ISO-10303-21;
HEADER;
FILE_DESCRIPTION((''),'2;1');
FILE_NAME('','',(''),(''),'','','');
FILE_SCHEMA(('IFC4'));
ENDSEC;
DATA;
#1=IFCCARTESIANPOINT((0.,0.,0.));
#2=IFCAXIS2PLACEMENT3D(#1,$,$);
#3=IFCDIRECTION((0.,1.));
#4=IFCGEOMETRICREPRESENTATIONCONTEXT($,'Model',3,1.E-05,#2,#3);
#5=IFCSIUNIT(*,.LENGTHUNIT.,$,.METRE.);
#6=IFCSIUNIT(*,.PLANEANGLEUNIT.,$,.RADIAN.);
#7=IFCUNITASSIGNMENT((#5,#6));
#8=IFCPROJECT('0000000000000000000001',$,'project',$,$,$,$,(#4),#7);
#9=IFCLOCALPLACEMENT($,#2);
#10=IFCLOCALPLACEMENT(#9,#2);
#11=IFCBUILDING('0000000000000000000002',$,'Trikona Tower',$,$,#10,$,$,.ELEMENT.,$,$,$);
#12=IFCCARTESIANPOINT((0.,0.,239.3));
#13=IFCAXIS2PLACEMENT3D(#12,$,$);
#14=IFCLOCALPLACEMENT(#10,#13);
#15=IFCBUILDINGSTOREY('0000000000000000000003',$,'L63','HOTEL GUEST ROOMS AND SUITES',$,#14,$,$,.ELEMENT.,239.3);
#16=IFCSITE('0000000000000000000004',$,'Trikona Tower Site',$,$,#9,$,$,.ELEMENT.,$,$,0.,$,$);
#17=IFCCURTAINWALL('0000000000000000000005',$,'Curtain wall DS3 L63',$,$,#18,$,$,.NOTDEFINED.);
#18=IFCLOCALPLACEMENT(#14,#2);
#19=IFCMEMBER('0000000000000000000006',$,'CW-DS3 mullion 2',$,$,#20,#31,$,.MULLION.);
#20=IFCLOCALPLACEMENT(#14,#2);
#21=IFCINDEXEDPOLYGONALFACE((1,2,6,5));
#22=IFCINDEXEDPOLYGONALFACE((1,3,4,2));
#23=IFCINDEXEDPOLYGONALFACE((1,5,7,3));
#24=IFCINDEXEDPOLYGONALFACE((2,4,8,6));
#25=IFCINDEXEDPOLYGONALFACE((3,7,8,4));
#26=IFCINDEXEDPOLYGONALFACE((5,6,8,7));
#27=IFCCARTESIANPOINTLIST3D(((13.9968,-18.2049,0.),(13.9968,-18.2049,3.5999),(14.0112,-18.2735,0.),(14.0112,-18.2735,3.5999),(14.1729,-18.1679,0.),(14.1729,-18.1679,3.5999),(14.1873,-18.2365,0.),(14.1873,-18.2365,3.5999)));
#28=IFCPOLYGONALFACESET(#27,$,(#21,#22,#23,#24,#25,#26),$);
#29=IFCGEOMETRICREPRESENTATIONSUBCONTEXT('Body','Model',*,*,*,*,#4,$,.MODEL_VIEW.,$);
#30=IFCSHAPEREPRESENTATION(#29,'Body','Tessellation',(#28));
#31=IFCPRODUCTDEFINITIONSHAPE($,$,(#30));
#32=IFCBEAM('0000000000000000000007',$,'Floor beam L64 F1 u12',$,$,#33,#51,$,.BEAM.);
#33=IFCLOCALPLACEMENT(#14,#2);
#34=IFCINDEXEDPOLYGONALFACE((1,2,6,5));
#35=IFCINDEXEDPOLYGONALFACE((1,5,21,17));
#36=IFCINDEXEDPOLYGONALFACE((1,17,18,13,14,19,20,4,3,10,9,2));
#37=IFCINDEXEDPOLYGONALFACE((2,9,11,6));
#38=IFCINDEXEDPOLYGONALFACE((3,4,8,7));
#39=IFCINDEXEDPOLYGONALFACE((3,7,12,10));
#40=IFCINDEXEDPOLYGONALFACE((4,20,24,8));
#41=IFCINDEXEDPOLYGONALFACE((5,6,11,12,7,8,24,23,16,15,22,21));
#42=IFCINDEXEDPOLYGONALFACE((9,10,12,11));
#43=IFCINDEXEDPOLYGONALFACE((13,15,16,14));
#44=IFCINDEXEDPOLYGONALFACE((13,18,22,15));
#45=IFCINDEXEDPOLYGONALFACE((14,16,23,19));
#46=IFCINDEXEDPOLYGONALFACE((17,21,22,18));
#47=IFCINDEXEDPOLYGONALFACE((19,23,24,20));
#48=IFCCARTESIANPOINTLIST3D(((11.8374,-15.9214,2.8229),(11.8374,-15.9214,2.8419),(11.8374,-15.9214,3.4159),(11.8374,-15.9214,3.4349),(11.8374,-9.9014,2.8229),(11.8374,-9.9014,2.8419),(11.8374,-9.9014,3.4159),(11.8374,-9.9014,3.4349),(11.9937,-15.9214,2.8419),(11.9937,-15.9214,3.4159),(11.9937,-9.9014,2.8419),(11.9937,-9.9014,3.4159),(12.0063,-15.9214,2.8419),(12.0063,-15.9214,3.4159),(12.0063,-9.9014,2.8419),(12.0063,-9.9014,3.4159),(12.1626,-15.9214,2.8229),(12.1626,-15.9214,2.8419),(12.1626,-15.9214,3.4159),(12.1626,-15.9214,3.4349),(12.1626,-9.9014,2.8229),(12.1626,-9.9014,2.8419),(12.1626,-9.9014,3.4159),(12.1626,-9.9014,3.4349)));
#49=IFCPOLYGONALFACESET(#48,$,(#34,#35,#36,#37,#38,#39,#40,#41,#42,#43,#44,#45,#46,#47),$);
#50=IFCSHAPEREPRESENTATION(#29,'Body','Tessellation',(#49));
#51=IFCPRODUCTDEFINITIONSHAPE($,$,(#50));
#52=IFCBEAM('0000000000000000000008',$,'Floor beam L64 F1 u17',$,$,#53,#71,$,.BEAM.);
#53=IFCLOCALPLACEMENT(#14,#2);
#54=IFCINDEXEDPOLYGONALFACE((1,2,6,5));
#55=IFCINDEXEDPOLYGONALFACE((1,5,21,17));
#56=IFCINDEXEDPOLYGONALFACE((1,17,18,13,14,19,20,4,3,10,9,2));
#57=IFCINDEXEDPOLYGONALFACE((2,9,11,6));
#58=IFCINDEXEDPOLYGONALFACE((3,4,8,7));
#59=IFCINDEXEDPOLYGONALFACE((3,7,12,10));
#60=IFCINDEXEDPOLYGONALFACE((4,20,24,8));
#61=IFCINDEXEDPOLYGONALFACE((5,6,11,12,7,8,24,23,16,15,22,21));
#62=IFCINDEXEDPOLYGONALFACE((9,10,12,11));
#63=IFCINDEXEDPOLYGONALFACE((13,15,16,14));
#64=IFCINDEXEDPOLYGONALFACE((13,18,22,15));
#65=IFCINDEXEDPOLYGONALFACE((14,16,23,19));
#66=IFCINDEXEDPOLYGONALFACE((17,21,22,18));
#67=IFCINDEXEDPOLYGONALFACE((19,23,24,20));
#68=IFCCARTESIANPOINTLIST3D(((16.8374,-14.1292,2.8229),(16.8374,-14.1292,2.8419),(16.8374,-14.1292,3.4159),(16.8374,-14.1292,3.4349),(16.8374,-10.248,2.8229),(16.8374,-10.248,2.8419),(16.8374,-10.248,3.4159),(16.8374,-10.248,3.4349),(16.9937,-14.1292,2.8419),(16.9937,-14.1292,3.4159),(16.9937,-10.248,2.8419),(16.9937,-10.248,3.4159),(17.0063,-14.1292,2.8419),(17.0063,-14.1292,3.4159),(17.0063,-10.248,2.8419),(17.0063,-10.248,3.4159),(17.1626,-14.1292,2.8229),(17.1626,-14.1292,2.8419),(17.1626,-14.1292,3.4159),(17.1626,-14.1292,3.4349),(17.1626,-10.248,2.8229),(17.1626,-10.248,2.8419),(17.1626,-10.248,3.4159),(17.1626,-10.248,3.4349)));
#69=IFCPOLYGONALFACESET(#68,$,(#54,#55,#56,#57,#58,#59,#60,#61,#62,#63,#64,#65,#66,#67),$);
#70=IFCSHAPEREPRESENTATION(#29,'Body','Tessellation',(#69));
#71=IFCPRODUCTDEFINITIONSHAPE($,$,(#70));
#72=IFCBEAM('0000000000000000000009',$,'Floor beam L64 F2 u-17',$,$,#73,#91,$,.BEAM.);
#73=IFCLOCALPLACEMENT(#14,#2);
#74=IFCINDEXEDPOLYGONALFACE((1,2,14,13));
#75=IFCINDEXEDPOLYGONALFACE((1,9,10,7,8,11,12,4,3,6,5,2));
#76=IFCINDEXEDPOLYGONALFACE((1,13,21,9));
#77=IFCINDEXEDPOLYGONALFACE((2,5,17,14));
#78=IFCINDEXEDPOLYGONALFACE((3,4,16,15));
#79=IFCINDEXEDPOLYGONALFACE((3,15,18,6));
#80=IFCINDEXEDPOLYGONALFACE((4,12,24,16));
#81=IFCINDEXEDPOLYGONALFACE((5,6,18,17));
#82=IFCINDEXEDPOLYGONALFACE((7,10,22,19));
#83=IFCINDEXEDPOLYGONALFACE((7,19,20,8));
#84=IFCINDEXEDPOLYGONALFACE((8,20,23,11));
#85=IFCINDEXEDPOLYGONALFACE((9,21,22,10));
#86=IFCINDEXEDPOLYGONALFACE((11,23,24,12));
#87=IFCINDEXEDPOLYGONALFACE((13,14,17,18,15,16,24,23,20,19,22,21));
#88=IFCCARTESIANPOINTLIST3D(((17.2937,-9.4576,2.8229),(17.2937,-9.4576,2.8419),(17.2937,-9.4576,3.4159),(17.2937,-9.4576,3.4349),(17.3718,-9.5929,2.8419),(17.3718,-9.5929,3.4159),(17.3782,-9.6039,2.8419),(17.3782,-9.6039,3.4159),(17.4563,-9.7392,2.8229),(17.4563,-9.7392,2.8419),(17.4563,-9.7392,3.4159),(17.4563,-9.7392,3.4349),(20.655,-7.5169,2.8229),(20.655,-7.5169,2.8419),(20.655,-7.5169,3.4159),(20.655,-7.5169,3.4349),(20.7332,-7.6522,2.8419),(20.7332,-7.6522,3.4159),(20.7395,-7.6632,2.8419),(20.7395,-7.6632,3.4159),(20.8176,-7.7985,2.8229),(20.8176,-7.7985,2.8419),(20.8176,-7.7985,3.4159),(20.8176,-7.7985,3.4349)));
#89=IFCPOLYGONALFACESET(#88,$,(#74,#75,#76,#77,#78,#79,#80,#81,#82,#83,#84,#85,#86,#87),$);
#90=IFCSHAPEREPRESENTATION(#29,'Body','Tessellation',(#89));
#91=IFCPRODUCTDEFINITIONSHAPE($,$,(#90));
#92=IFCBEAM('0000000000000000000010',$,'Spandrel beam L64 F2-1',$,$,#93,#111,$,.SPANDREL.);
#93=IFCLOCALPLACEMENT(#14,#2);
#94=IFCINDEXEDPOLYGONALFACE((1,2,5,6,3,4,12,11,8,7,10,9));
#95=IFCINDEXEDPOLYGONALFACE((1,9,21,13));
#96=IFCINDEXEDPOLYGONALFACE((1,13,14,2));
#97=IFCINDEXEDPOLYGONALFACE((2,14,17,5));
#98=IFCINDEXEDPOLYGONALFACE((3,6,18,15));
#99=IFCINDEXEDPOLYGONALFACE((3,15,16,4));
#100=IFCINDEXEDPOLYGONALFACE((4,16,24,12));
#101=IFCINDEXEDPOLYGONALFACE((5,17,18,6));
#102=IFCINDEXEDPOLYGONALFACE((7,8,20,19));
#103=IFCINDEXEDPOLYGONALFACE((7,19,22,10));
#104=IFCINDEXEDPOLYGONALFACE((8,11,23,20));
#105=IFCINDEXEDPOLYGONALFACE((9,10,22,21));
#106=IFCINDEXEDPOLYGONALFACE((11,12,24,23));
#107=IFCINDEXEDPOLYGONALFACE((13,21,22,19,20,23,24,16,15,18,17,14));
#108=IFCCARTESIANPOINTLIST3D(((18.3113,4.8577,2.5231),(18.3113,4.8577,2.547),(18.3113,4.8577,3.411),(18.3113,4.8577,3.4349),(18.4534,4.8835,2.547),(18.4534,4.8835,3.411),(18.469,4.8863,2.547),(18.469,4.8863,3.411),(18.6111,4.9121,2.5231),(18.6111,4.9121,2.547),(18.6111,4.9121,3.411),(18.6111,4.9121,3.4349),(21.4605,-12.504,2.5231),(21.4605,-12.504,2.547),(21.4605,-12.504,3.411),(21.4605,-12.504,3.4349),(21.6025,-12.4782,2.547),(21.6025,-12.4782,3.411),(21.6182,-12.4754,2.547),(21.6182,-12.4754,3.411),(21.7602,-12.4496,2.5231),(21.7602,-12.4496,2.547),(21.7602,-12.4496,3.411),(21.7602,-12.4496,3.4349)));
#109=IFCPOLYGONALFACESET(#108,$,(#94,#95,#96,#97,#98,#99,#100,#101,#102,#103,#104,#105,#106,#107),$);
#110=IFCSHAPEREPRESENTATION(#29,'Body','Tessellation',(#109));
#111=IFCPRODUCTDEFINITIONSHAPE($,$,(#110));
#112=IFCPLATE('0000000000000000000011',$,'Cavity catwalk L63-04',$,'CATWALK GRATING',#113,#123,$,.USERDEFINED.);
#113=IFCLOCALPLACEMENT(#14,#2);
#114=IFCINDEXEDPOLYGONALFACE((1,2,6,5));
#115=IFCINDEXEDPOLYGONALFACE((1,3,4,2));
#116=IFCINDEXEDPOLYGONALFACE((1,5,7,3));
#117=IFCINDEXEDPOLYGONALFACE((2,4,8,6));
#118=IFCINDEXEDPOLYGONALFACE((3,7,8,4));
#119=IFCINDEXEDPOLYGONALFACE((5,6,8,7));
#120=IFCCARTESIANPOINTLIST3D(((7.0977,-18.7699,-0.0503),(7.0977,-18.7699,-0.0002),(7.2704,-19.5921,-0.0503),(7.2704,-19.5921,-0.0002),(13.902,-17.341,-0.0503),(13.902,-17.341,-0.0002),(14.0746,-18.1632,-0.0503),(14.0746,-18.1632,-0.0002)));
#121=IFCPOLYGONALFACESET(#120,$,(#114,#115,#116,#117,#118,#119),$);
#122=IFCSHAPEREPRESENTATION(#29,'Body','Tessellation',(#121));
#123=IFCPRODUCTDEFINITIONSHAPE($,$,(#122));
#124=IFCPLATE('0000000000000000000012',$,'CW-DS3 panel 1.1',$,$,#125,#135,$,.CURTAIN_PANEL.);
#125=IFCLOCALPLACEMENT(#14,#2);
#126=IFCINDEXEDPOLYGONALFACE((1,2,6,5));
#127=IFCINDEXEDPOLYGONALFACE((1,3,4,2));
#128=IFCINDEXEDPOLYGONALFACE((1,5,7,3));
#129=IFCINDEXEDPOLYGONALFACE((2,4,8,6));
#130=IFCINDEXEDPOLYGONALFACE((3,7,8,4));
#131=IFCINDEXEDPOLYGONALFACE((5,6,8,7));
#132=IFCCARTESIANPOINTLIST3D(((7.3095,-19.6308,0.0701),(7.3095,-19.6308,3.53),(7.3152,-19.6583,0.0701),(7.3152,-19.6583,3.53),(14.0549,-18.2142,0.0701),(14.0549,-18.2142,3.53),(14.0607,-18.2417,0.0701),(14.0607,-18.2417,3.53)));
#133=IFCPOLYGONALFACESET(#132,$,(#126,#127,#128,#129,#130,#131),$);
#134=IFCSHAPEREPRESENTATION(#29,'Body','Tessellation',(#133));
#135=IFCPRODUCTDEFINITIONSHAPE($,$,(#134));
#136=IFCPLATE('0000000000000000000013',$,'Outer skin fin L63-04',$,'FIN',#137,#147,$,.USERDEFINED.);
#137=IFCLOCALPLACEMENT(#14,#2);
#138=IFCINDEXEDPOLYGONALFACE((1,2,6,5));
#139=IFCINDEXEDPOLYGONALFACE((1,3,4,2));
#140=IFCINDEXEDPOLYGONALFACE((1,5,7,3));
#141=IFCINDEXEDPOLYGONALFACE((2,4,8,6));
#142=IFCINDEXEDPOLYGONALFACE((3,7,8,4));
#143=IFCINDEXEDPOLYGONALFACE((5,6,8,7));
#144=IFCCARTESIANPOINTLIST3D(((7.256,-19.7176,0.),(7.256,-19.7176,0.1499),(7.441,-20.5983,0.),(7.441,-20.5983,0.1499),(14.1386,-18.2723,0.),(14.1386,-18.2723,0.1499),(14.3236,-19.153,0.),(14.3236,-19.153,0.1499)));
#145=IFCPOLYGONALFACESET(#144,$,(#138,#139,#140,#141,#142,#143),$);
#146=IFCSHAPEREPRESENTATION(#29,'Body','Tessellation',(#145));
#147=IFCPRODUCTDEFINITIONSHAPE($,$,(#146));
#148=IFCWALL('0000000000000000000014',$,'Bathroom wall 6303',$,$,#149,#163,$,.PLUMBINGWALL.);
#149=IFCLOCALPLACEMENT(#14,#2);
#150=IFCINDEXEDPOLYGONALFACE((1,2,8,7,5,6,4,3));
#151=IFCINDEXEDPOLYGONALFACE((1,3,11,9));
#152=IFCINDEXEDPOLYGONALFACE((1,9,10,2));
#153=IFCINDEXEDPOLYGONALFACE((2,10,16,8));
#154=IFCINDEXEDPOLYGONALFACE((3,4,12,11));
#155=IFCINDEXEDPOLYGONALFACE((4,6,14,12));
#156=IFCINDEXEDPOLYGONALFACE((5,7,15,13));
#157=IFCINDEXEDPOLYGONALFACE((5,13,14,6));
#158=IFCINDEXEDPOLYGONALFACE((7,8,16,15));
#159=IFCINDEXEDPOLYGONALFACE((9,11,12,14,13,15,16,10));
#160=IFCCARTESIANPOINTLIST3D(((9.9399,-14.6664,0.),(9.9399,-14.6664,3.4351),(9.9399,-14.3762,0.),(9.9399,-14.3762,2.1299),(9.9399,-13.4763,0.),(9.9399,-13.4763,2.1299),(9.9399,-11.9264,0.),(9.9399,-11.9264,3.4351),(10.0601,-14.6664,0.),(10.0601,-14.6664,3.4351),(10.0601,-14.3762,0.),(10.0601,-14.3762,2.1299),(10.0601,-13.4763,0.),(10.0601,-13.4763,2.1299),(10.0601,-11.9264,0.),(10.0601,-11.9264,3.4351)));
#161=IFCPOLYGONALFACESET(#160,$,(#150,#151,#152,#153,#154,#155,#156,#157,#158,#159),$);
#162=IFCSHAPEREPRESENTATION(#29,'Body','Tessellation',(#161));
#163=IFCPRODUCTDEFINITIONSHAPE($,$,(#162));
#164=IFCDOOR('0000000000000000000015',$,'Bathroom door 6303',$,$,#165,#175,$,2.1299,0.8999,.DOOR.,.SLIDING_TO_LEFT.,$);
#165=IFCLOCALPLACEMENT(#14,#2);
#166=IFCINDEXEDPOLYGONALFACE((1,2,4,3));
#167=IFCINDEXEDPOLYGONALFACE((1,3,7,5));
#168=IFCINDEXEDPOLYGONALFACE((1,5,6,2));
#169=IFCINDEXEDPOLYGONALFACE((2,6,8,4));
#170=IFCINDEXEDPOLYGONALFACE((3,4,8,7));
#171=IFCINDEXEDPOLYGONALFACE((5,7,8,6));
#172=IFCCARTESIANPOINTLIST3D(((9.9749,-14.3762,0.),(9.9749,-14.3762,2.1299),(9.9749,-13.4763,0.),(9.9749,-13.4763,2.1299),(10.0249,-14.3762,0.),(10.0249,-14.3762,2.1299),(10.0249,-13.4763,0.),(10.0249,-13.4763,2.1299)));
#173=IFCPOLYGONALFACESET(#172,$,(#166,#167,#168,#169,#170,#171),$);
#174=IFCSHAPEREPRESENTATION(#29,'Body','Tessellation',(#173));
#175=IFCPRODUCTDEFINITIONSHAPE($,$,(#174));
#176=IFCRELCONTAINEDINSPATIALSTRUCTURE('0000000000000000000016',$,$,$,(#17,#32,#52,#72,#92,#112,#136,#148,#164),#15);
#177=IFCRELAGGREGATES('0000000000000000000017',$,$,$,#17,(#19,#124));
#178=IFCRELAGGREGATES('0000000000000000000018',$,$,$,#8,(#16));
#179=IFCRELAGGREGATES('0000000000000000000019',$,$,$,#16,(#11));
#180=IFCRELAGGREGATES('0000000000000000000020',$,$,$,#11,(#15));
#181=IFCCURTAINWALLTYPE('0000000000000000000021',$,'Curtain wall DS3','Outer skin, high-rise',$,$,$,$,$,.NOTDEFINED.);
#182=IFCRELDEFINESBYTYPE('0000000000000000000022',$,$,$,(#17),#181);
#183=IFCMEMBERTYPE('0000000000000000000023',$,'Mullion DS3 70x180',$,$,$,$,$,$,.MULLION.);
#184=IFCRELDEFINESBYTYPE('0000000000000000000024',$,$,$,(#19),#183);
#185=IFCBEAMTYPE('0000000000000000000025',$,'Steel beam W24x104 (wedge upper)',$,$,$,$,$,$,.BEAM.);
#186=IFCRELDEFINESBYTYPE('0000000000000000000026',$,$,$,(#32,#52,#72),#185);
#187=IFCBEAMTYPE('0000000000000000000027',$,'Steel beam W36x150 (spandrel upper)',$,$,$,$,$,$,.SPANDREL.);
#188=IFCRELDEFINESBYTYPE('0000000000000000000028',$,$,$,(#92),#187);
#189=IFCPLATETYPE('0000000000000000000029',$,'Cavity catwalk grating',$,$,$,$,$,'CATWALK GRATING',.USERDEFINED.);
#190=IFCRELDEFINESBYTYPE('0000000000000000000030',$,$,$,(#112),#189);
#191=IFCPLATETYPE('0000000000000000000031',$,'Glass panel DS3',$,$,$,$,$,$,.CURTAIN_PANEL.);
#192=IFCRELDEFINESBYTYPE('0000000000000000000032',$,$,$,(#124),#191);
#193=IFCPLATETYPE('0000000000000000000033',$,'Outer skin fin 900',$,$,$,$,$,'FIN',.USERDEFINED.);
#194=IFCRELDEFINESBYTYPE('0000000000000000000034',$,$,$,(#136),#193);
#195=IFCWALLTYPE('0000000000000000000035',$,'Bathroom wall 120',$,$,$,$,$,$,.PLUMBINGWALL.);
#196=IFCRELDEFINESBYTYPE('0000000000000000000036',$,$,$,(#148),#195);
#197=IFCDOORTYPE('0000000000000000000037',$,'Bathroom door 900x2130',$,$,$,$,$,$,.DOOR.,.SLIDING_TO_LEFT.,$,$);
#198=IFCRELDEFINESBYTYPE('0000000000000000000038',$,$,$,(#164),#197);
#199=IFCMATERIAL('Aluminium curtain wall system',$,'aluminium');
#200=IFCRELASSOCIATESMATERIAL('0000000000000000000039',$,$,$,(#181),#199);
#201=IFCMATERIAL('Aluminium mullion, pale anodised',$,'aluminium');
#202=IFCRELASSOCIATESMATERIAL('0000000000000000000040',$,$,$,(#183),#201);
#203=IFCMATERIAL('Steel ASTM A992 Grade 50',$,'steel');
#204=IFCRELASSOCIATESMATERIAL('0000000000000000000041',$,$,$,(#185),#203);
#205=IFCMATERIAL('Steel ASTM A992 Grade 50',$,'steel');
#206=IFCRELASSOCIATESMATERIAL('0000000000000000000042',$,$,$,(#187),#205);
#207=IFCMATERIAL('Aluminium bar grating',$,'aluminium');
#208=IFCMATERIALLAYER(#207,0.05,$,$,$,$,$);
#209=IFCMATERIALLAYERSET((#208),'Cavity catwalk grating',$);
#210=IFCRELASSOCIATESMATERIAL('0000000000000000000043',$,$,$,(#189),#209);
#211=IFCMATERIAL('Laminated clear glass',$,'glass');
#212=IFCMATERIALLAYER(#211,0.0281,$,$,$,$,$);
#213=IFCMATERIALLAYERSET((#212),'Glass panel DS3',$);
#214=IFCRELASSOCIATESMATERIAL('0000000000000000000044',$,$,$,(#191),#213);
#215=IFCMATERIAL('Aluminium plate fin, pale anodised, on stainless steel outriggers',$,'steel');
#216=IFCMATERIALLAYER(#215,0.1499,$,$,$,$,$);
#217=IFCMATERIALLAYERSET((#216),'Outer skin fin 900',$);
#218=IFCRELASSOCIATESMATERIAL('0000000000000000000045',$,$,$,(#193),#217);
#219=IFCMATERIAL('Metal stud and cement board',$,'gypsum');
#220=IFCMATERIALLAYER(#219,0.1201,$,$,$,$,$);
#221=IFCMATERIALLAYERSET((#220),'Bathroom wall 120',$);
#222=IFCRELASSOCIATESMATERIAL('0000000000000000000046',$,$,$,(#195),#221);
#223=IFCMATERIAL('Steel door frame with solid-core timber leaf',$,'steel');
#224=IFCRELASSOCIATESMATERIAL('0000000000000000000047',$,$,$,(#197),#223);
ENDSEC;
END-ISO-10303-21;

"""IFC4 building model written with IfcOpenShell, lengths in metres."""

from ifc_helpers import new_model, si_unit, direction, frame, frame_2d, origin, origin_2d, place, context, subcontext, project, spatial, rectangle, i_section, extrude, material, layer, layer_set, material_profile, profile_set, type_object, element, fill, aggregate, save


model = new_model("IFC4")

# Units and contexts
model_context = context("Model", 3, precision=1e-05, world=origin(), true_north=direction((0.0, 1.0)))
body_context = subcontext(model_context, "Body", "Model", "MODEL_VIEW")
ifc_project = project(units=[si_unit("LENGTHUNIT", "METRE"), si_unit("PLANEANGLEUNIT", "RADIAN")], contexts=[model_context])

# Site, building, storey
site_placement = place(None, origin())
site = spatial("IfcSite", under=ifc_project, at=site_placement, Name="Trikona Tower Site", CompositionType="ELEMENT", RefElevation=0.0)
building_placement = place(site_placement, origin())
building = spatial("IfcBuilding", under=site, at=building_placement, Name="Trikona Tower", CompositionType="ELEMENT")
storey_placement = place(building_placement, frame((0.0, 0.0, 239.3)))
storey = spatial("IfcBuildingStorey", under=building, at=storey_placement, Name="L63", Description="HOTEL GUEST ROOMS AND SUITES", CompositionType="ELEMENT", Elevation=239.3)

# Curtain wall, member
ifc_material_1 = material(Name="Aluminium curtain wall system", Category="aluminium")
curtain_wall_type = type_object("IfcCurtainWallType", Name="Curtain wall DS3", Description="Outer skin, high-rise", PredefinedType="NOTDEFINED", material=ifc_material_1)
curtain_wall_placement = place(storey_placement, origin())
curtain_wall = element("IfcCurtainWall", 1, at=curtain_wall_placement, inside=storey, type_object=curtain_wall_type, Name="Curtain wall DS3 L63", PredefinedType="NOTDEFINED")
ifc_material_2 = material(Name="Aluminium mullion, pale anodised", Category="aluminium")
ifc_material_profile_1 = material_profile(ifc_material_2, rectangle(XDim=0.0701, YDim=0.1799, at=origin_2d()), Name="MUL-DS3")
ifc_profile_set_1 = profile_set([ifc_material_profile_1], Name="Aluminium mullion, pale anodised")
member_type = type_object("IfcMemberType", Name="Mullion DS3 70x180", PredefinedType="MULLION", material=ifc_profile_set_1)
member_placement = place(storey_placement, frame((14.092, -18.2207, 0.0), z_axis=(0.0, 0.0, 1.0), x_axis=(-0.205527, 0.978651, 0.0)))
member = element("IfcMember", 2, at=member_placement, type_object=member_type, Name="CW-DS3 mullion 2", PredefinedType="MULLION", context=body_context, shape_type="SweptSolid", body=[
    extrude(rectangle(XDim=0.0701, YDim=0.1799, at=origin_2d()), origin(), (0.0, 0.0, 1.0), 3.5999),
])

# Beams
ifc_material_3 = material(Name="Steel ASTM A992 Grade 50", Category="steel")
ifc_material_profile_2 = material_profile(ifc_material_3, i_section(OverallWidth=0.3252, OverallDepth=0.6121, WebThickness=0.0127, FlangeThickness=0.019, at=origin_2d()), Name="W24X104")
ifc_profile_set_2 = profile_set([ifc_material_profile_2], Name="Steel ASTM A992 Grade 50")
beam_type_1 = type_object("IfcBeamType", Name="Steel beam W24x104 (wedge upper)", PredefinedType="BEAM", material=ifc_profile_set_2)
beam_1_placement = place(storey_placement, frame((12.0, -9.9014, 3.1289), z_axis=(0.0, -1.0, 0.0), x_axis=(1.0, 0.0, 0.0)))
element("IfcBeam", 3, at=beam_1_placement, inside=storey, type_object=beam_type_1, Name="Floor beam L64 F1 u12", PredefinedType="BEAM", context=body_context, shape_type="SweptSolid", body=[
    extrude(i_section(OverallWidth=0.3252, OverallDepth=0.6121, WebThickness=0.0127, FlangeThickness=0.019, at=origin_2d()), origin(), (0.0, 0.0, 1.0), 6.02),
])
beam_2_placement = place(storey_placement, frame((17.0, -10.248, 3.1289), z_axis=(0.0, -1.0, 0.0), x_axis=(1.0, 0.0, 0.0)))
element("IfcBeam", 4, at=beam_2_placement, inside=storey, type_object=beam_type_1, Name="Floor beam L64 F1 u17", PredefinedType="BEAM", context=body_context, shape_type="SweptSolid", body=[
    extrude(i_section(OverallWidth=0.3252, OverallDepth=0.6121, WebThickness=0.0127, FlangeThickness=0.019, at=origin_2d()), origin(), (0.0, 0.0, 1.0), 3.8811),
])
beam_3_placement = place(storey_placement, frame((17.375, -9.5984, 3.1289), z_axis=(0.866024, 0.500002, 0.0), x_axis=(-0.500002, 0.866024, 0.0)))
element("IfcBeam", 5, at=beam_3_placement, inside=storey, type_object=beam_type_1, Name="Floor beam L64 F2 u-17", PredefinedType="BEAM", context=body_context, shape_type="SweptSolid", body=[
    extrude(i_section(OverallWidth=0.3252, OverallDepth=0.6121, WebThickness=0.0127, FlangeThickness=0.019, at=origin_2d()), origin(), (0.0, 0.0, 1.0), 3.8813),
])
ifc_material_4 = material(Name="Steel ASTM A992 Grade 50", Category="steel")
ifc_material_profile_3 = material_profile(ifc_material_4, i_section(OverallWidth=0.3047, OverallDepth=0.9119, WebThickness=0.0159, FlangeThickness=0.0239, at=origin_2d()), Name="W36X150")
ifc_profile_set_3 = profile_set([ifc_material_profile_3], Name="Steel ASTM A992 Grade 50")
beam_type_2 = type_object("IfcBeamType", Name="Steel beam W36x150 (spandrel upper)", PredefinedType="SPANDREL", material=ifc_profile_set_3)
beam_4_placement = place(storey_placement, frame((21.6104, -12.4768, 2.979), z_axis=(-0.178473, 0.983945, 0.0), x_axis=(-0.983945, -0.178473, 0.0)))
element("IfcBeam", 6, at=beam_4_placement, inside=storey, type_object=beam_type_2, Name="Spandrel beam L64 F2-1", PredefinedType="SPANDREL", context=body_context, shape_type="SweptSolid", body=[
    extrude(i_section(OverallWidth=0.3047, OverallDepth=0.9119, WebThickness=0.0159, FlangeThickness=0.0239, at=origin_2d()), origin(), (0.0, 0.0, 1.0), 17.645),
])

# Plates
ifc_material_5 = material(Name="Aluminium bar grating", Category="aluminium")
ifc_layer_1 = layer(ifc_material_5, 0.05)
ifc_layer_set_1 = layer_set([ifc_layer_1], Name="Cavity catwalk grating")
plate_type_1 = type_object("IfcPlateType", Name="Cavity catwalk grating", ElementType="CATWALK GRATING", PredefinedType="USERDEFINED", material=ifc_layer_set_1)
plate_1_placement = place(storey_placement, frame((10.5862, -18.4666, -0.0503), z_axis=(0.0, 0.0, 1.0), x_axis=(0.978653, 0.205518, 0.0)))
element("IfcPlate", 7, at=plate_1_placement, inside=storey, type_object=plate_type_1, Name="Cavity catwalk L63-04", ObjectType="CATWALK GRATING", PredefinedType="USERDEFINED", context=body_context, shape_type="SweptSolid", body=[
    extrude(rectangle(XDim=6.9526, YDim=0.8401, at=origin_2d()), origin(), (0.0, 0.0, 1.0), 0.05),
])
ifc_material_6 = material(Name="Laminated clear glass", Category="glass")
ifc_layer_2 = layer(ifc_material_6, 0.0281)
ifc_layer_set_2 = layer_set([ifc_layer_2], Name="Glass panel DS3")
plate_type_2 = type_object("IfcPlateType", Name="Glass panel DS3", PredefinedType="CURTAIN_PANEL", material=ifc_layer_set_2)
plate_2_placement = place(storey_placement, frame((10.6851, -18.9363, 0.0701), z_axis=(0.0, 0.0, 1.0), x_axis=(0.978651, 0.205527, 0.0)))
plate_2 = element("IfcPlate", 8, at=plate_2_placement, type_object=plate_type_2, Name="CW-DS3 panel 1.1", PredefinedType="CURTAIN_PANEL", context=body_context, shape_type="SweptSolid", body=[
    extrude(rectangle(XDim=6.8926, YDim=0.0281, at=origin_2d()), origin(), (0.0, 0.0, 1.0), 3.46),
])
aggregate(curtain_wall, [member, plate_2])
ifc_material_7 = material(Name="Aluminium plate fin, pale anodised, on stainless steel outriggers", Category="steel")
ifc_layer_3 = layer(ifc_material_7, 0.1499)
ifc_layer_set_3 = layer_set([ifc_layer_3], Name="Outer skin fin 900")
plate_type_3 = type_object("IfcPlateType", Name="Outer skin fin 900", ElementType="FIN", PredefinedType="USERDEFINED", material=ifc_layer_set_3)
plate_3_placement = place(storey_placement, frame((10.7898, -19.4353, 0.0), z_axis=(0.0, 0.0, 1.0), x_axis=(0.978653, 0.205518, 0.0)))
element("IfcPlate", 9, at=plate_3_placement, inside=storey, type_object=plate_type_3, Name="Outer skin fin L63-04", ObjectType="FIN", PredefinedType="USERDEFINED", context=body_context, shape_type="SweptSolid", body=[
    extrude(rectangle(XDim=7.0327, YDim=0.8999, at=origin_2d()), origin(), (0.0, 0.0, 1.0), 0.1499),
])

# Wall, opening, door
ifc_material_8 = material(Name="Metal stud and cement board", Category="gypsum")
ifc_layer_4 = layer(ifc_material_8, 0.1201)
ifc_layer_set_4 = layer_set([ifc_layer_4], Name="Bathroom wall 120")
wall_type_1 = type_object("IfcWallType", Name="Bathroom wall 120", PredefinedType="PLUMBINGWALL", material=ifc_layer_set_4)
wall_1_placement = place(storey_placement, frame((10.0, -11.9263, 0.0), z_axis=(0.0, 0.0, 1.0), x_axis=(0.0, -1.0, 0.0)))
wall_1 = element("IfcWall", 10, at=wall_1_placement, inside=storey, type_object=wall_type_1, Name="Bathroom wall 6303", PredefinedType="PLUMBINGWALL", context=body_context, shape_type="SweptSolid", body=[
    extrude(rectangle(XDim=2.74, YDim=0.1201, at=frame_2d((1.3701, 0.0))), origin(), (0.0, 0.0, 1.0), 3.4351),
])
opening_1_placement = place(wall_1_placement, frame((1.55, 0.0, 0.0)))
opening_1 = element("IfcOpeningElement", 11, at=opening_1_placement, cuts=wall_1, PredefinedType="OPENING", context=body_context, shape_type="SweptSolid", body=[
    extrude(rectangle(XDim=0.8999, YDim=2.1299, at=frame_2d((0.45, 1.0649))), frame((0.0, 0.0701, 0.0), z_axis=(0.0, -1.0, 0.0), x_axis=(1.0, 0.0, 0.0)), (0.0, 0.0, 1.0), 0.1401),
])
ifc_material_9 = material(Name="Steel door frame with solid-core timber leaf", Category="steel")
door_type_1 = type_object("IfcDoorType", Name="Bathroom door 900x2130", OperationType="SLIDING_TO_LEFT", PredefinedType="DOOR", material=ifc_material_9)
door_1_placement = place(opening_1_placement, origin())
door_1 = element("IfcDoor", 12, at=door_1_placement, inside=storey, type_object=door_type_1, Name="Bathroom door 6303", OperationType="SLIDING_TO_LEFT", OverallHeight=2.1299, OverallWidth=0.8999, PredefinedType="DOOR", context=body_context, shape_type="SweptSolid", body=[
    extrude(rectangle(XDim=0.8999, YDim=2.1299, at=frame_2d((0.45, 1.0649))), frame((0.0, 0.0249, 0.0), z_axis=(0.0, -1.0, 0.0), x_axis=(1.0, 0.0, 0.0)), (0.0, 0.0, 1.0), 0.05),
])
fill(opening_1, door_1)

save(model, "model.ifc")
